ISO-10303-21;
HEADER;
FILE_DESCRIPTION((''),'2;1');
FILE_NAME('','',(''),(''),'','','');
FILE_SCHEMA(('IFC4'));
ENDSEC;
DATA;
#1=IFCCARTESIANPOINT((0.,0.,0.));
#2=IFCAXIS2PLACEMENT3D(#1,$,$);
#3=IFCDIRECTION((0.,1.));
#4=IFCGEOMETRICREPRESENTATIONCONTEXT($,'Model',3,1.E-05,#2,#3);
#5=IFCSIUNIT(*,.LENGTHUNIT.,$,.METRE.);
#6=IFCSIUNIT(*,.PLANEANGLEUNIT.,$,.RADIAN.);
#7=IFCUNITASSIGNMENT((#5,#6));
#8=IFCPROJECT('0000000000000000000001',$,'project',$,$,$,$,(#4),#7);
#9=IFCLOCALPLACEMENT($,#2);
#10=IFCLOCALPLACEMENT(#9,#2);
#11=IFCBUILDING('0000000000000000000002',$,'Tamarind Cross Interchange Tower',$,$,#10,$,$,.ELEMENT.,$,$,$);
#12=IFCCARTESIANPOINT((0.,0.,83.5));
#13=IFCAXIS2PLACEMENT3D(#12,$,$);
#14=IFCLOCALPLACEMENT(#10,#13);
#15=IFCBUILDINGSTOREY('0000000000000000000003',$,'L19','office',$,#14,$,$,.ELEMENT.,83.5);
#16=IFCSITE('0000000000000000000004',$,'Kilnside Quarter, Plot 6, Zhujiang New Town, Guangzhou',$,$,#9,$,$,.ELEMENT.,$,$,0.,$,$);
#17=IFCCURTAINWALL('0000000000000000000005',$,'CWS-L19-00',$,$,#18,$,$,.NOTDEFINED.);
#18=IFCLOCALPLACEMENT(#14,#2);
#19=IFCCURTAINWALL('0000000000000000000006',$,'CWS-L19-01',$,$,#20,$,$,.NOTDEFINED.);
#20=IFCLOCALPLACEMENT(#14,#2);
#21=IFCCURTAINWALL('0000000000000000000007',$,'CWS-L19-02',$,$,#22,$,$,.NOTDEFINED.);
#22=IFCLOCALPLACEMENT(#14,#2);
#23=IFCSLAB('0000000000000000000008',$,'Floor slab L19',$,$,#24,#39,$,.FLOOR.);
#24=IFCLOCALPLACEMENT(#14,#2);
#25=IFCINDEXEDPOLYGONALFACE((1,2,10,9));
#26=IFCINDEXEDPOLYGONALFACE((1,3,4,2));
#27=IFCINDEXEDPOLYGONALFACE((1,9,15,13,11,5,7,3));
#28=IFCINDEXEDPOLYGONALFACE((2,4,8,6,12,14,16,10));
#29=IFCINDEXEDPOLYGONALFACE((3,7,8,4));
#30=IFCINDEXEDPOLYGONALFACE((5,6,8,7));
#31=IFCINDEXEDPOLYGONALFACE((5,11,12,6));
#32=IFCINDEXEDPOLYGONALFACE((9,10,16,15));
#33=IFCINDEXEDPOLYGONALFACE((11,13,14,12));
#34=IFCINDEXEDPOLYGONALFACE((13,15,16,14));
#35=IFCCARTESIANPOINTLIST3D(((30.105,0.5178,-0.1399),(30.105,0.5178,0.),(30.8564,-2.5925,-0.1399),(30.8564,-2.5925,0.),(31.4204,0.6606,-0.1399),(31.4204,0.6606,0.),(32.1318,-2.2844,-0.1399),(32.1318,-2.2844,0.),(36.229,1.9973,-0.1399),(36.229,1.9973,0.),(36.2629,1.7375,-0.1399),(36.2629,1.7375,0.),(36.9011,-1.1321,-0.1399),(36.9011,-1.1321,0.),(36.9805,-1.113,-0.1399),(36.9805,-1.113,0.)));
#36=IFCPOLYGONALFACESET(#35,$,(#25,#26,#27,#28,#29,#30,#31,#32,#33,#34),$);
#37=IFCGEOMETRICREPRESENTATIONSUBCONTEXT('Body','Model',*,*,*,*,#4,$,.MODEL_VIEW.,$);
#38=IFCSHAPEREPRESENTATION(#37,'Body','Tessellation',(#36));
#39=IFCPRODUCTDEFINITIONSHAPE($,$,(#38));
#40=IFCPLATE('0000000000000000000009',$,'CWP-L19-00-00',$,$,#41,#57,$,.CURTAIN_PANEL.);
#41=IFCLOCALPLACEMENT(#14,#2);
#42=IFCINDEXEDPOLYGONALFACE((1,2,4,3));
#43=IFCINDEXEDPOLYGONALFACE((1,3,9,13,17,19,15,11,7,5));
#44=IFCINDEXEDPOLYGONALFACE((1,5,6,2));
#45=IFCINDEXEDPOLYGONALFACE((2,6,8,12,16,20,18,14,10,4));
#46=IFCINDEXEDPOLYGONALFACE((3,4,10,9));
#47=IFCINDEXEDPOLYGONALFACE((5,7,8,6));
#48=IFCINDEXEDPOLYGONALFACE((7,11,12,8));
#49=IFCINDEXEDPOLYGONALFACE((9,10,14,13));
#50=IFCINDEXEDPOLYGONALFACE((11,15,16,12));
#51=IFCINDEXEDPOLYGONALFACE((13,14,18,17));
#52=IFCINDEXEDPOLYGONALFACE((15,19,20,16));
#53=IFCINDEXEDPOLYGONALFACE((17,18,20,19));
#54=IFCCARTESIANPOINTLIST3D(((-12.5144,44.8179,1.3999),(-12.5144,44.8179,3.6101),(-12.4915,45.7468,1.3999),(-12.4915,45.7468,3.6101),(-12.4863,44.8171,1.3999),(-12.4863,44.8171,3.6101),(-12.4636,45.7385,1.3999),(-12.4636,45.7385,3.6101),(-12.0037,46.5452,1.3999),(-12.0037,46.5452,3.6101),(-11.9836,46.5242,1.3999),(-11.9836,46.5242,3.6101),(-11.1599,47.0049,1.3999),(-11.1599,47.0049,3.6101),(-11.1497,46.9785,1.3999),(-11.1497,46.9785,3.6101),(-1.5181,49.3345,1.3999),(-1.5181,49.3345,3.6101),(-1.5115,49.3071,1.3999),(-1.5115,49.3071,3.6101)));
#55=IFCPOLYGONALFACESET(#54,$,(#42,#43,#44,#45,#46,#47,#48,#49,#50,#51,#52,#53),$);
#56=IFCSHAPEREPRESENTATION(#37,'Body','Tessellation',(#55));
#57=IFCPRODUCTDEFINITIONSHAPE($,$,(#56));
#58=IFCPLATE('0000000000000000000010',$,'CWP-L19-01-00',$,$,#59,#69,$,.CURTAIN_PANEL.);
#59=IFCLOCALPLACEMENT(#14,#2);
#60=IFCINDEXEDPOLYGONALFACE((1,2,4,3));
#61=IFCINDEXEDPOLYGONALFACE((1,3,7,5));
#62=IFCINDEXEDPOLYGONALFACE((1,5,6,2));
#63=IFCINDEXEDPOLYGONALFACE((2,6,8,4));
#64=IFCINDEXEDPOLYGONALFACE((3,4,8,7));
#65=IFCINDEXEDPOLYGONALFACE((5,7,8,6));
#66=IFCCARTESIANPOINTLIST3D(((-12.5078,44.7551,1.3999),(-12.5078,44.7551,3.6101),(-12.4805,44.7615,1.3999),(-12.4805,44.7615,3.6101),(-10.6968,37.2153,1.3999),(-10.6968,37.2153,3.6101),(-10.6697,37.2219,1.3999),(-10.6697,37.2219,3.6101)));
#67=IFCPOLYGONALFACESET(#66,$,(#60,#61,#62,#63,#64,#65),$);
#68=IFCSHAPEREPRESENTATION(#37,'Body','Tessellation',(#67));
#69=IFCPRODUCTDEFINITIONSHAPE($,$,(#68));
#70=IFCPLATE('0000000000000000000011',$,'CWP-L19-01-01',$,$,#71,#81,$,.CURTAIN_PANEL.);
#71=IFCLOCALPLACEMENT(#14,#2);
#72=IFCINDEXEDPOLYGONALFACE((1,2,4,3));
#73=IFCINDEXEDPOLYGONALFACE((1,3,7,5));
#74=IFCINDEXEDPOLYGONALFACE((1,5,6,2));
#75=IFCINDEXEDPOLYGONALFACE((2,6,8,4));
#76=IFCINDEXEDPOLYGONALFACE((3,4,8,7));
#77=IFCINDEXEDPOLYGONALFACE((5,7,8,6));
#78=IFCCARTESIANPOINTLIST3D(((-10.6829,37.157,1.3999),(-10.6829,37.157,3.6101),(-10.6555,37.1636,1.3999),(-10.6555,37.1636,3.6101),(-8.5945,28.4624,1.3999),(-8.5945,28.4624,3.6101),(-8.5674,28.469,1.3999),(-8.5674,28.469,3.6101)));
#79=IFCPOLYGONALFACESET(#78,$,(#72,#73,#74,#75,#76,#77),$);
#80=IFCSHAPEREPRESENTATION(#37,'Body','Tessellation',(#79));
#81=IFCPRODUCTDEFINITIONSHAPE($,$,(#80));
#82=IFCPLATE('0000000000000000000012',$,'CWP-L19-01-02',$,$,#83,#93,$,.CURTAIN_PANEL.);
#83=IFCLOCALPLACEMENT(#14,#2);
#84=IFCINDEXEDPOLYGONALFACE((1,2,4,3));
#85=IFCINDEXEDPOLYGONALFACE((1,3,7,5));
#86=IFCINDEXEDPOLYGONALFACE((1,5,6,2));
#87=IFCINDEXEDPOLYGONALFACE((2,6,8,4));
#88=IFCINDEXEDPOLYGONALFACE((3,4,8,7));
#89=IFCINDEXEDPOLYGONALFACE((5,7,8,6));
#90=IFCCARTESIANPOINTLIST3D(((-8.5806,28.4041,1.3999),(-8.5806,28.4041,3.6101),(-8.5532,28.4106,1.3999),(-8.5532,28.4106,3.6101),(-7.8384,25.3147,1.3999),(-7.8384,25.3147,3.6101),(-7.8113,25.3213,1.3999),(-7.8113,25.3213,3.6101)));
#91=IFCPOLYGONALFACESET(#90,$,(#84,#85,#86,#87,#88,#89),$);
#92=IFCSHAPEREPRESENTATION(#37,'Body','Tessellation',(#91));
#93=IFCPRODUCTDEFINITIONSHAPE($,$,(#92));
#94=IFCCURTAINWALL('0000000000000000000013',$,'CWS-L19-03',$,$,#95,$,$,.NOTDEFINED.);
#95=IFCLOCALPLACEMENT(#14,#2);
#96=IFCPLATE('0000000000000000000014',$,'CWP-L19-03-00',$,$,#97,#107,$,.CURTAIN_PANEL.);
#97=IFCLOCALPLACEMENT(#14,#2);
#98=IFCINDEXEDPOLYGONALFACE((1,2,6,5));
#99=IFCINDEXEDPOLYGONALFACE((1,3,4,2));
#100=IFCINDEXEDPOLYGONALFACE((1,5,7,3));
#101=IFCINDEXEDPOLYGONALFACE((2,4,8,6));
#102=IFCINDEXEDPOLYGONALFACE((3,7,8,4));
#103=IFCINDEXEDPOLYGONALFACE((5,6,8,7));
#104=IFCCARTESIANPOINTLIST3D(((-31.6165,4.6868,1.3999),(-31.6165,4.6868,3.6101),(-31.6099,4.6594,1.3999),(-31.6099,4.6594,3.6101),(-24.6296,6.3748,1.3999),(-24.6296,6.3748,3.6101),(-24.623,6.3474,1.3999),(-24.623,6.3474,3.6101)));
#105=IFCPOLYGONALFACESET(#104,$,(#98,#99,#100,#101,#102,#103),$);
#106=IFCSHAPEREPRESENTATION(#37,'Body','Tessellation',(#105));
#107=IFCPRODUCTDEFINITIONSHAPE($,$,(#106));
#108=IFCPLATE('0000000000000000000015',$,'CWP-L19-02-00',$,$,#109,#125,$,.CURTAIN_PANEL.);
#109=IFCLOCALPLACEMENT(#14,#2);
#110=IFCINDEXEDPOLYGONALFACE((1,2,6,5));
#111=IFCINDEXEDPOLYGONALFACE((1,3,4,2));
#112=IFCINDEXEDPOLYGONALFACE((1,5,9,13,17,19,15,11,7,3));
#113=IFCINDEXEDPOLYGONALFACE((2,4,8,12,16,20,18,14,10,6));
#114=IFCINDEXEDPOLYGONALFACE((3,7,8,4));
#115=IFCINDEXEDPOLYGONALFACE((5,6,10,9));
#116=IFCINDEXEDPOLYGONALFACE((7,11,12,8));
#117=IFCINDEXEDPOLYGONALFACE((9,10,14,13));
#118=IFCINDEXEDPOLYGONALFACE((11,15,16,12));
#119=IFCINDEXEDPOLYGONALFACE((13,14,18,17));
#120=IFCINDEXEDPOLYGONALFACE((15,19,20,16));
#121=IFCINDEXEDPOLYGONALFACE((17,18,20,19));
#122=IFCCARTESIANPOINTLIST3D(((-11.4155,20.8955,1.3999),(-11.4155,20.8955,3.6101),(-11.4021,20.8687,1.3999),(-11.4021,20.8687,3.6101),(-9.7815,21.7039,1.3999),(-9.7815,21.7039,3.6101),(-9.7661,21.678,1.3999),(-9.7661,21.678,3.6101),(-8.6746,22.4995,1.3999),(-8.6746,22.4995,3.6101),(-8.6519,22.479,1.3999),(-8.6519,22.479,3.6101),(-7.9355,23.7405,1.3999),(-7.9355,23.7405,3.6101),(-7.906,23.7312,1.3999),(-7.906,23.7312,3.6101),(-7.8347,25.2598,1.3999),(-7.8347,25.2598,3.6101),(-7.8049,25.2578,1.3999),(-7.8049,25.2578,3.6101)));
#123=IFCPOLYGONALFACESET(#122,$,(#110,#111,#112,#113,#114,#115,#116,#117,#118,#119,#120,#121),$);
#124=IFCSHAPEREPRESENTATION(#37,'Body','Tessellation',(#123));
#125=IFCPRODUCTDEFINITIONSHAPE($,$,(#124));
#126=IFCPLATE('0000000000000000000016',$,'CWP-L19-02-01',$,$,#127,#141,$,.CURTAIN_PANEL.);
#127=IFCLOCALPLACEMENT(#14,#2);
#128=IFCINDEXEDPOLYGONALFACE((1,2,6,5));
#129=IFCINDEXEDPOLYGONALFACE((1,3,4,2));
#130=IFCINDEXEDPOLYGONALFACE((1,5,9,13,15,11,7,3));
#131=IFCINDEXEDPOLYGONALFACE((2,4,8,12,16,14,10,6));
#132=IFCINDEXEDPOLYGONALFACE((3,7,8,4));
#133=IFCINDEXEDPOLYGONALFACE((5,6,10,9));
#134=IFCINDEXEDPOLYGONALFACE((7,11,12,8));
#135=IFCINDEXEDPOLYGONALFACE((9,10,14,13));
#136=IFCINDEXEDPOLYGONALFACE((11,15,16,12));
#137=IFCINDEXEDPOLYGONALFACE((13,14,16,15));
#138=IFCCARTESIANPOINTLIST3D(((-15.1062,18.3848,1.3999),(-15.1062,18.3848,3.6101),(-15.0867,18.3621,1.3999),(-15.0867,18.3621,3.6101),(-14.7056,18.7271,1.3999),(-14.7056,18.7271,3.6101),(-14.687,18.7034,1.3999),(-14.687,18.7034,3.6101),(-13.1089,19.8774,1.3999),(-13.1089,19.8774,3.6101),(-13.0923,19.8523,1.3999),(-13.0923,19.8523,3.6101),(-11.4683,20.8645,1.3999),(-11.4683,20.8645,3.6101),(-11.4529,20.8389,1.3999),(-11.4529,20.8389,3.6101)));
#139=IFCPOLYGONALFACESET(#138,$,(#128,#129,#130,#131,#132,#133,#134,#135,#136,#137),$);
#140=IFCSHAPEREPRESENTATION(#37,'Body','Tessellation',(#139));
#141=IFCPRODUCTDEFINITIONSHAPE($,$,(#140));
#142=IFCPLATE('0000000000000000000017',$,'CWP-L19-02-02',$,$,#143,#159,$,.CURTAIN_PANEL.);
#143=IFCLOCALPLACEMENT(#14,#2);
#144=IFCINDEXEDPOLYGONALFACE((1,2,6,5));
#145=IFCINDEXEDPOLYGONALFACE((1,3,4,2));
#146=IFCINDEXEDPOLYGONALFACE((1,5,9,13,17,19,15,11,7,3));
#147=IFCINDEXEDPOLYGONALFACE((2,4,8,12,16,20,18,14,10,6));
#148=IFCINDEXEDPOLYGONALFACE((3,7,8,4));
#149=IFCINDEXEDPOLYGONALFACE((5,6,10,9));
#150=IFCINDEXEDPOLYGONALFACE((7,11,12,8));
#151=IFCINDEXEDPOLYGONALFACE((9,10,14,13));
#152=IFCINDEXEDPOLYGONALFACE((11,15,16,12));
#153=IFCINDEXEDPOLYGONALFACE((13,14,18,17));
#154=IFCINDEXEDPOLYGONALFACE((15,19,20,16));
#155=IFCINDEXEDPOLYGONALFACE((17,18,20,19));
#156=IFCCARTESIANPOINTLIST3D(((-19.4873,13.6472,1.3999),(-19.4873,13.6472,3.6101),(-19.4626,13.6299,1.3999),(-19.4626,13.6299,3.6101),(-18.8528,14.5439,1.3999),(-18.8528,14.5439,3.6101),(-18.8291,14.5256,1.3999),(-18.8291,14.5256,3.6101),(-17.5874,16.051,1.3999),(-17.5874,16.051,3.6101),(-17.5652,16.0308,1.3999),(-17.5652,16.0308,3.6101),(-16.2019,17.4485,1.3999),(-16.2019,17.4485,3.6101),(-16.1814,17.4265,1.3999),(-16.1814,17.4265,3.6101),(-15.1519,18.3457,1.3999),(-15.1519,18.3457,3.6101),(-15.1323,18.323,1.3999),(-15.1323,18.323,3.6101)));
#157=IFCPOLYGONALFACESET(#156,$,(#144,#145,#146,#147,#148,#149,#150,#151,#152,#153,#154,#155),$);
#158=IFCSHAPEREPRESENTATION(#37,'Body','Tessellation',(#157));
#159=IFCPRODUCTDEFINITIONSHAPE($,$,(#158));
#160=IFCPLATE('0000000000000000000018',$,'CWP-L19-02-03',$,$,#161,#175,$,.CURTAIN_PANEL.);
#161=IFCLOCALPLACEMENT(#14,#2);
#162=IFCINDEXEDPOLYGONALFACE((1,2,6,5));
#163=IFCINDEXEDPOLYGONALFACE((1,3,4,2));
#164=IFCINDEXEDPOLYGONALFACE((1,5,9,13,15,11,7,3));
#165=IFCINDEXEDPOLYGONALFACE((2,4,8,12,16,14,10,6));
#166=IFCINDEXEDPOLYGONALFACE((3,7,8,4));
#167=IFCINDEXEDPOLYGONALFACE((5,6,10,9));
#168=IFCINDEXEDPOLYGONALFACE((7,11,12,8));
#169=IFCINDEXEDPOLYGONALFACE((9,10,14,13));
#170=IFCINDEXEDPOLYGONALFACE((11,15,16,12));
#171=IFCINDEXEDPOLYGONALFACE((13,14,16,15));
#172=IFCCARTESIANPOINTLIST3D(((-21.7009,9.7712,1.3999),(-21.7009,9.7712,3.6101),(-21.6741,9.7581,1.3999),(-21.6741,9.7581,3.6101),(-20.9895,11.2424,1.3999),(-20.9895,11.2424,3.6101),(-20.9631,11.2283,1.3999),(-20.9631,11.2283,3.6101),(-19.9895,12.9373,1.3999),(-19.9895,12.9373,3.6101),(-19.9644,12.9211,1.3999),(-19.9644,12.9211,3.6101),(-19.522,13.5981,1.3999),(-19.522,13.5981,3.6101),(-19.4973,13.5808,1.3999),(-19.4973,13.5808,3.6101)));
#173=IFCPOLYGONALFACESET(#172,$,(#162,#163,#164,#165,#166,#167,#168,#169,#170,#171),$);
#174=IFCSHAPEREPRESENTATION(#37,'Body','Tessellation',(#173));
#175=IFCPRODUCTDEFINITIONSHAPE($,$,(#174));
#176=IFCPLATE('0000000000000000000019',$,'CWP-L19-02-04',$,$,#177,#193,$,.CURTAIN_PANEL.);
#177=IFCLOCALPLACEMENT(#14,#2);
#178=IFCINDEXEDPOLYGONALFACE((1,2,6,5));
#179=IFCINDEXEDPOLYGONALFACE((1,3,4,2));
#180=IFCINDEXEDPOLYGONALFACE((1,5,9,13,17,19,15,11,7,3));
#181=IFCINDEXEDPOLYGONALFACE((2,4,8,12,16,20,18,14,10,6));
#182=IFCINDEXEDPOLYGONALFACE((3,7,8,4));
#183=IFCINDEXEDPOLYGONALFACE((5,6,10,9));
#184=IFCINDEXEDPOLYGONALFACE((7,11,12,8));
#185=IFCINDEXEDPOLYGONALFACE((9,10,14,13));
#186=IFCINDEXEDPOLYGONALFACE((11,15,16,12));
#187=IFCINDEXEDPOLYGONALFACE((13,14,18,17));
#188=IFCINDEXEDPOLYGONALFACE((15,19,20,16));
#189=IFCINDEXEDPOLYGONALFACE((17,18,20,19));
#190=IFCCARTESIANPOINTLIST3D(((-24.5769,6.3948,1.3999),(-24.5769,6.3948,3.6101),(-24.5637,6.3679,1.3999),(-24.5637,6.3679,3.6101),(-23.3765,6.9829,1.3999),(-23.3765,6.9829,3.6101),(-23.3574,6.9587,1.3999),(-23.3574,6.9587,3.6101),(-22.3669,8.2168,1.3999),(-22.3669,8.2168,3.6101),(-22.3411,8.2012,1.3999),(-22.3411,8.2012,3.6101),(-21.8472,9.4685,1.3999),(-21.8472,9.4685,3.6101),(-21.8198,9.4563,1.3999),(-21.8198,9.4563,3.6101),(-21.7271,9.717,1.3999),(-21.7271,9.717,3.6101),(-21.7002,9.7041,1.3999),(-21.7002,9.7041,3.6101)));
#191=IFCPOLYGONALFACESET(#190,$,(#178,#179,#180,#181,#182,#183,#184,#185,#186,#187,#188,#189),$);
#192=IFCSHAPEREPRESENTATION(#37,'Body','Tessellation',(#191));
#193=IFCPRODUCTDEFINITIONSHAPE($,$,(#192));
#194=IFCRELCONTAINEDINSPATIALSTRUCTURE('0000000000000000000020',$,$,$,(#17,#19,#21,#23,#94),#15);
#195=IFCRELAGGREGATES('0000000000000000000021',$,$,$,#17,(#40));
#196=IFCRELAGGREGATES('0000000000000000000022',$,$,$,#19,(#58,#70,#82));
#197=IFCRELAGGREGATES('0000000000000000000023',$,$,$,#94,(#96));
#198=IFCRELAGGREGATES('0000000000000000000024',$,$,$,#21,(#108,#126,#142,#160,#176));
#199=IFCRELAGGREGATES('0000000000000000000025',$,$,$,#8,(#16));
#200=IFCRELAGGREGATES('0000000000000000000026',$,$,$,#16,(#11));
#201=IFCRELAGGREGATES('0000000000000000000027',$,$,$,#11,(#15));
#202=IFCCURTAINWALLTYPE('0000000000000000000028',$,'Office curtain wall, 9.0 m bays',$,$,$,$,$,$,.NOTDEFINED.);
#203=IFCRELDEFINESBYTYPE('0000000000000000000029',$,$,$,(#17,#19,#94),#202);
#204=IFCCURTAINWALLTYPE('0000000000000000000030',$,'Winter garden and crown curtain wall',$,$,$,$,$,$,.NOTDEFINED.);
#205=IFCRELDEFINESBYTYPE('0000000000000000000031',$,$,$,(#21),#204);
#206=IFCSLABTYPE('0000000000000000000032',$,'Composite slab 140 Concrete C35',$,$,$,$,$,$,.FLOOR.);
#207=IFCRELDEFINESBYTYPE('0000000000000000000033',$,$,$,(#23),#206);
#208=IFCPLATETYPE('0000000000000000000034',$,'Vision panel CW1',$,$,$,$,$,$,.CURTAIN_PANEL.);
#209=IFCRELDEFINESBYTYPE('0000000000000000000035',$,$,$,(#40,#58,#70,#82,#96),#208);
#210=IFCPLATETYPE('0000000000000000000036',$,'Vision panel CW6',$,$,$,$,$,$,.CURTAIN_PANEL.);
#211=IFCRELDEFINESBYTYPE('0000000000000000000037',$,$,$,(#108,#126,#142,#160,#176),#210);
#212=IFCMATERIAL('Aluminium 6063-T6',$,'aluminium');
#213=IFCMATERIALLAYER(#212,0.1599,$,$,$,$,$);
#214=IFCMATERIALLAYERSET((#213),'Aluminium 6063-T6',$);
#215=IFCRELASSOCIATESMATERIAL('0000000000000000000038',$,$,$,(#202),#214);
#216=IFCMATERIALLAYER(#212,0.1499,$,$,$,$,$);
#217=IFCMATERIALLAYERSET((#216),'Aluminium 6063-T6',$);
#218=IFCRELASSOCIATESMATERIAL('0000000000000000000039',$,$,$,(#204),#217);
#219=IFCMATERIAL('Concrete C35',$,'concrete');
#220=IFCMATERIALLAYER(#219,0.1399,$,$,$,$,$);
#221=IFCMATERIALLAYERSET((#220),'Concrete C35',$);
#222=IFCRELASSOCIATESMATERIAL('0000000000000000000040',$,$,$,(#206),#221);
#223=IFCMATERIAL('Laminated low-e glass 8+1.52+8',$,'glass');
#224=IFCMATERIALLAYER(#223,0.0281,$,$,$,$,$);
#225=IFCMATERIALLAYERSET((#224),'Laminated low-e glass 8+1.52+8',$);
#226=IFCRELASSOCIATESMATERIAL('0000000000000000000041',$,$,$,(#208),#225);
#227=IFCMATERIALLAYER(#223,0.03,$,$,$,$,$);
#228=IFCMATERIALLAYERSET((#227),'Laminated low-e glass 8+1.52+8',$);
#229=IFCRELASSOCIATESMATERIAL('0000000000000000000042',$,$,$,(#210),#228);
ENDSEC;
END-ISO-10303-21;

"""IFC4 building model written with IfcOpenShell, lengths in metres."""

from ifc_helpers import new_model, si_unit, direction, frame, origin, place, context, subcontext, project, spatial, polyline, outline, extrude, material, layer, layer_set, type_object, element, aggregate, save


model = new_model("IFC4")

# Units and contexts
model_context = context("Model", 3, precision=1e-05, world=origin(), true_north=direction((0.0, 1.0)))
body_context = subcontext(model_context, "Body", "Model", "MODEL_VIEW")
ifc_project = project(units=[si_unit("LENGTHUNIT", "METRE"), si_unit("PLANEANGLEUNIT", "RADIAN")], contexts=[model_context])

# Site, building, storey
site_placement = place(None, origin())
site = spatial("IfcSite", under=ifc_project, at=site_placement, Name="Kilnside Quarter, Plot 6, Zhujiang New Town, Guangzhou", CompositionType="ELEMENT", RefElevation=0.0)
building_placement = place(site_placement, origin())
building = spatial("IfcBuilding", under=site, at=building_placement, Name="Tamarind Cross Interchange Tower", CompositionType="ELEMENT")
storey_placement = place(building_placement, frame((0.0, 0.0, 83.5)))
storey = spatial("IfcBuildingStorey", under=building, at=storey_placement, Name="L19", Description="office", CompositionType="ELEMENT", Elevation=83.5)

# Curtain walls
ifc_material_1 = material(Name="Aluminium 6063-T6", Category="aluminium")
ifc_layer_1 = layer(ifc_material_1, 0.1599)
ifc_layer_set_1 = layer_set([ifc_layer_1], Name="Aluminium 6063-T6")
curtain_wall_type_1 = type_object("IfcCurtainWallType", Name="Office curtain wall, 9.0 m bays", PredefinedType="NOTDEFINED", material=ifc_layer_set_1)
curtain_wall_1_placement = place(storey_placement, origin())
curtain_wall_1 = element("IfcCurtainWall", 1, at=curtain_wall_1_placement, inside=storey, type_object=curtain_wall_type_1, Name="CWS-L19-00", PredefinedType="NOTDEFINED")
curtain_wall_2_placement = place(storey_placement, origin())
curtain_wall_2 = element("IfcCurtainWall", 2, at=curtain_wall_2_placement, inside=storey, type_object=curtain_wall_type_1, Name="CWS-L19-01", PredefinedType="NOTDEFINED")
ifc_layer_2 = layer(ifc_material_1, 0.1499)
ifc_layer_set_2 = layer_set([ifc_layer_2], Name="Aluminium 6063-T6")
curtain_wall_type_2 = type_object("IfcCurtainWallType", Name="Winter garden and crown curtain wall", PredefinedType="NOTDEFINED", material=ifc_layer_set_2)
curtain_wall_3_placement = place(storey_placement, origin())
curtain_wall_3 = element("IfcCurtainWall", 3, at=curtain_wall_3_placement, inside=storey, type_object=curtain_wall_type_2, Name="CWS-L19-02", PredefinedType="NOTDEFINED")

# Slab
ifc_material_2 = material(Name="Concrete C35", Category="concrete")
ifc_layer_3 = layer(ifc_material_2, 0.1399)
ifc_layer_set_3 = layer_set([ifc_layer_3], Name="Concrete C35")
slab_type = type_object("IfcSlabType", Name="Composite slab 140 Concrete C35", PredefinedType="FLOOR", material=ifc_layer_set_3)
slab_1_placement = place(storey_placement, frame((0.0, 0.0, -0.1399)))
element("IfcSlab", 4, at=slab_1_placement, inside=storey, type_object=slab_type, Name="Floor slab L19", PredefinedType="FLOOR", context=body_context, shape_type="SweptSolid", body=[
    extrude(outline(polyline([(36.9805, -1.113), (36.229, 1.9973), (30.105, 0.5178), (30.8564, -2.5925), (32.1318, -2.2844), (31.4204, 0.6606), (36.2629, 1.7375), (36.9011, -1.1321), (36.9805, -1.113)])), origin(), (0.0, 0.0, 1.0), 0.1399),
])

# Plates
ifc_material_3 = material(Name="Laminated low-e glass 8+1.52+8", Category="glass")
ifc_layer_4 = layer(ifc_material_3, 0.0281)
ifc_layer_set_4 = layer_set([ifc_layer_4], Name="Laminated low-e glass 8+1.52+8")
plate_type_1 = type_object("IfcPlateType", Name="Vision panel CW1", PredefinedType="CURTAIN_PANEL", material=ifc_layer_set_4)
plate_1_placement = place(storey_placement, frame((0.0, 0.0, 1.3999)))
plate_1 = element("IfcPlate", 5, at=plate_1_placement, type_object=plate_type_1, Name="CWP-L19-00-00", PredefinedType="CURTAIN_PANEL", context=body_context, shape_type="SweptSolid", body=[
    extrude(outline(polyline([(-1.5115, 49.3071), (-11.1497, 46.9785), (-11.9836, 46.5242), (-12.4636, 45.7385), (-12.4863, 44.8171), (-12.5144, 44.8179), (-12.4915, 45.7468), (-12.0037, 46.5452), (-11.1599, 47.0049), (-1.5181, 49.3345), (-1.5115, 49.3071)])), origin(), (0.0, 0.0, 1.0), 2.2102),
])
aggregate(curtain_wall_1, [plate_1])
plate_2_placement = place(storey_placement, frame((0.0, 0.0, 1.3999)))
plate_2 = element("IfcPlate", 6, at=plate_2_placement, type_object=plate_type_1, Name="CWP-L19-01-00", PredefinedType="CURTAIN_PANEL", context=body_context, shape_type="SweptSolid", body=[
    extrude(outline(polyline([(-12.4805, 44.7615), (-10.6697, 37.2219), (-10.6968, 37.2153), (-12.5078, 44.7551), (-12.4805, 44.7615)])), origin(), (0.0, 0.0, 1.0), 2.2102),
])
plate_3_placement = place(storey_placement, frame((0.0, 0.0, 1.3999)))
plate_3 = element("IfcPlate", 7, at=plate_3_placement, type_object=plate_type_1, Name="CWP-L19-01-01", PredefinedType="CURTAIN_PANEL", context=body_context, shape_type="SweptSolid", body=[
    extrude(outline(polyline([(-10.6555, 37.1636), (-8.5674, 28.469), (-8.5945, 28.4624), (-10.6829, 37.157), (-10.6555, 37.1636)])), origin(), (0.0, 0.0, 1.0), 2.2102),
])
plate_4_placement = place(storey_placement, frame((0.0, 0.0, 1.3999)))
plate_4 = element("IfcPlate", 8, at=plate_4_placement, type_object=plate_type_1, Name="CWP-L19-01-02", PredefinedType="CURTAIN_PANEL", context=body_context, shape_type="SweptSolid", body=[
    extrude(outline(polyline([(-8.5532, 28.4106), (-7.8113, 25.3213), (-7.8384, 25.3147), (-8.5806, 28.4041), (-8.5532, 28.4106)])), origin(), (0.0, 0.0, 1.0), 2.2102),
])
aggregate(curtain_wall_2, [plate_2, plate_3, plate_4])

# Curtain wall, plate
curtain_wall_4_placement = place(storey_placement, origin())
curtain_wall_4 = element("IfcCurtainWall", 9, at=curtain_wall_4_placement, inside=storey, type_object=curtain_wall_type_1, Name="CWS-L19-03", PredefinedType="NOTDEFINED")
plate_5_placement = place(storey_placement, frame((0.0, 0.0, 1.3999)))
plate_5 = element("IfcPlate", 10, at=plate_5_placement, type_object=plate_type_1, Name="CWP-L19-03-00", PredefinedType="CURTAIN_PANEL", context=body_context, shape_type="SweptSolid", body=[
    extrude(outline(polyline([(-24.623, 6.3474), (-31.6099, 4.6594), (-31.6165, 4.6868), (-24.6296, 6.3748), (-24.623, 6.3474)])), origin(), (0.0, 0.0, 1.0), 2.2102),
])
aggregate(curtain_wall_4, [plate_5])

# Plates
ifc_layer_5 = layer(ifc_material_3, 0.03)
ifc_layer_set_5 = layer_set([ifc_layer_5], Name="Laminated low-e glass 8+1.52+8")
plate_type_2 = type_object("IfcPlateType", Name="Vision panel CW6", PredefinedType="CURTAIN_PANEL", material=ifc_layer_set_5)
plate_6_placement = place(storey_placement, frame((0.0, 0.0, 1.3999)))
plate_6 = element("IfcPlate", 11, at=plate_6_placement, type_object=plate_type_2, Name="CWP-L19-02-00", PredefinedType="CURTAIN_PANEL", context=body_context, shape_type="SweptSolid", body=[
    extrude(outline(polyline([(-7.8049, 25.2578), (-7.906, 23.7312), (-8.6519, 22.479), (-9.7661, 21.678), (-11.4021, 20.8687), (-11.4155, 20.8955), (-9.7815, 21.7039), (-8.6746, 22.4995), (-7.9355, 23.7405), (-7.8347, 25.2598), (-7.8049, 25.2578)])), origin(), (0.0, 0.0, 1.0), 2.2102),
])
plate_7_placement = place(storey_placement, frame((0.0, 0.0, 1.3999)))
plate_7 = element("IfcPlate", 12, at=plate_7_placement, type_object=plate_type_2, Name="CWP-L19-02-01", PredefinedType="CURTAIN_PANEL", context=body_context, shape_type="SweptSolid", body=[
    extrude(outline(polyline([(-11.4529, 20.8389), (-13.0923, 19.8523), (-14.687, 18.7034), (-15.0867, 18.3621), (-15.1062, 18.3848), (-14.7056, 18.7271), (-13.1089, 19.8774), (-11.4683, 20.8645), (-11.4529, 20.8389)])), origin(), (0.0, 0.0, 1.0), 2.2102),
])
plate_8_placement = place(storey_placement, frame((0.0, 0.0, 1.3999)))
plate_8 = element("IfcPlate", 13, at=plate_8_placement, type_object=plate_type_2, Name="CWP-L19-02-02", PredefinedType="CURTAIN_PANEL", context=body_context, shape_type="SweptSolid", body=[
    extrude(outline(polyline([(-15.1323, 18.323), (-16.1814, 17.4265), (-17.5652, 16.0308), (-18.8291, 14.5256), (-19.4626, 13.6299), (-19.4873, 13.6472), (-18.8528, 14.5439), (-17.5874, 16.051), (-16.2019, 17.4485), (-15.1519, 18.3457), (-15.1323, 18.323)])), origin(), (0.0, 0.0, 1.0), 2.2102),
])
plate_9_placement = place(storey_placement, frame((0.0, 0.0, 1.3999)))
plate_9 = element("IfcPlate", 14, at=plate_9_placement, type_object=plate_type_2, Name="CWP-L19-02-03", PredefinedType="CURTAIN_PANEL", context=body_context, shape_type="SweptSolid", body=[
    extrude(outline(polyline([(-19.4973, 13.5808), (-19.9644, 12.9211), (-20.9631, 11.2283), (-21.6741, 9.7581), (-21.7009, 9.7712), (-20.9895, 11.2424), (-19.9895, 12.9373), (-19.522, 13.5981), (-19.4973, 13.5808)])), origin(), (0.0, 0.0, 1.0), 2.2102),
])
plate_10_placement = place(storey_placement, frame((0.0, 0.0, 1.3999)))
plate_10 = element("IfcPlate", 15, at=plate_10_placement, type_object=plate_type_2, Name="CWP-L19-02-04", PredefinedType="CURTAIN_PANEL", context=body_context, shape_type="SweptSolid", body=[
    extrude(outline(polyline([(-21.7002, 9.7041), (-21.8198, 9.4563), (-22.3411, 8.2012), (-23.3574, 6.9587), (-24.5637, 6.3679), (-24.5769, 6.3948), (-23.3765, 6.9829), (-22.3669, 8.2168), (-21.8472, 9.4685), (-21.7271, 9.717), (-21.7002, 9.7041)])), origin(), (0.0, 0.0, 1.0), 2.2102),
])
aggregate(curtain_wall_3, [plate_6, plate_7, plate_8, plate_9, plate_10])

save(model, "model.ifc")
